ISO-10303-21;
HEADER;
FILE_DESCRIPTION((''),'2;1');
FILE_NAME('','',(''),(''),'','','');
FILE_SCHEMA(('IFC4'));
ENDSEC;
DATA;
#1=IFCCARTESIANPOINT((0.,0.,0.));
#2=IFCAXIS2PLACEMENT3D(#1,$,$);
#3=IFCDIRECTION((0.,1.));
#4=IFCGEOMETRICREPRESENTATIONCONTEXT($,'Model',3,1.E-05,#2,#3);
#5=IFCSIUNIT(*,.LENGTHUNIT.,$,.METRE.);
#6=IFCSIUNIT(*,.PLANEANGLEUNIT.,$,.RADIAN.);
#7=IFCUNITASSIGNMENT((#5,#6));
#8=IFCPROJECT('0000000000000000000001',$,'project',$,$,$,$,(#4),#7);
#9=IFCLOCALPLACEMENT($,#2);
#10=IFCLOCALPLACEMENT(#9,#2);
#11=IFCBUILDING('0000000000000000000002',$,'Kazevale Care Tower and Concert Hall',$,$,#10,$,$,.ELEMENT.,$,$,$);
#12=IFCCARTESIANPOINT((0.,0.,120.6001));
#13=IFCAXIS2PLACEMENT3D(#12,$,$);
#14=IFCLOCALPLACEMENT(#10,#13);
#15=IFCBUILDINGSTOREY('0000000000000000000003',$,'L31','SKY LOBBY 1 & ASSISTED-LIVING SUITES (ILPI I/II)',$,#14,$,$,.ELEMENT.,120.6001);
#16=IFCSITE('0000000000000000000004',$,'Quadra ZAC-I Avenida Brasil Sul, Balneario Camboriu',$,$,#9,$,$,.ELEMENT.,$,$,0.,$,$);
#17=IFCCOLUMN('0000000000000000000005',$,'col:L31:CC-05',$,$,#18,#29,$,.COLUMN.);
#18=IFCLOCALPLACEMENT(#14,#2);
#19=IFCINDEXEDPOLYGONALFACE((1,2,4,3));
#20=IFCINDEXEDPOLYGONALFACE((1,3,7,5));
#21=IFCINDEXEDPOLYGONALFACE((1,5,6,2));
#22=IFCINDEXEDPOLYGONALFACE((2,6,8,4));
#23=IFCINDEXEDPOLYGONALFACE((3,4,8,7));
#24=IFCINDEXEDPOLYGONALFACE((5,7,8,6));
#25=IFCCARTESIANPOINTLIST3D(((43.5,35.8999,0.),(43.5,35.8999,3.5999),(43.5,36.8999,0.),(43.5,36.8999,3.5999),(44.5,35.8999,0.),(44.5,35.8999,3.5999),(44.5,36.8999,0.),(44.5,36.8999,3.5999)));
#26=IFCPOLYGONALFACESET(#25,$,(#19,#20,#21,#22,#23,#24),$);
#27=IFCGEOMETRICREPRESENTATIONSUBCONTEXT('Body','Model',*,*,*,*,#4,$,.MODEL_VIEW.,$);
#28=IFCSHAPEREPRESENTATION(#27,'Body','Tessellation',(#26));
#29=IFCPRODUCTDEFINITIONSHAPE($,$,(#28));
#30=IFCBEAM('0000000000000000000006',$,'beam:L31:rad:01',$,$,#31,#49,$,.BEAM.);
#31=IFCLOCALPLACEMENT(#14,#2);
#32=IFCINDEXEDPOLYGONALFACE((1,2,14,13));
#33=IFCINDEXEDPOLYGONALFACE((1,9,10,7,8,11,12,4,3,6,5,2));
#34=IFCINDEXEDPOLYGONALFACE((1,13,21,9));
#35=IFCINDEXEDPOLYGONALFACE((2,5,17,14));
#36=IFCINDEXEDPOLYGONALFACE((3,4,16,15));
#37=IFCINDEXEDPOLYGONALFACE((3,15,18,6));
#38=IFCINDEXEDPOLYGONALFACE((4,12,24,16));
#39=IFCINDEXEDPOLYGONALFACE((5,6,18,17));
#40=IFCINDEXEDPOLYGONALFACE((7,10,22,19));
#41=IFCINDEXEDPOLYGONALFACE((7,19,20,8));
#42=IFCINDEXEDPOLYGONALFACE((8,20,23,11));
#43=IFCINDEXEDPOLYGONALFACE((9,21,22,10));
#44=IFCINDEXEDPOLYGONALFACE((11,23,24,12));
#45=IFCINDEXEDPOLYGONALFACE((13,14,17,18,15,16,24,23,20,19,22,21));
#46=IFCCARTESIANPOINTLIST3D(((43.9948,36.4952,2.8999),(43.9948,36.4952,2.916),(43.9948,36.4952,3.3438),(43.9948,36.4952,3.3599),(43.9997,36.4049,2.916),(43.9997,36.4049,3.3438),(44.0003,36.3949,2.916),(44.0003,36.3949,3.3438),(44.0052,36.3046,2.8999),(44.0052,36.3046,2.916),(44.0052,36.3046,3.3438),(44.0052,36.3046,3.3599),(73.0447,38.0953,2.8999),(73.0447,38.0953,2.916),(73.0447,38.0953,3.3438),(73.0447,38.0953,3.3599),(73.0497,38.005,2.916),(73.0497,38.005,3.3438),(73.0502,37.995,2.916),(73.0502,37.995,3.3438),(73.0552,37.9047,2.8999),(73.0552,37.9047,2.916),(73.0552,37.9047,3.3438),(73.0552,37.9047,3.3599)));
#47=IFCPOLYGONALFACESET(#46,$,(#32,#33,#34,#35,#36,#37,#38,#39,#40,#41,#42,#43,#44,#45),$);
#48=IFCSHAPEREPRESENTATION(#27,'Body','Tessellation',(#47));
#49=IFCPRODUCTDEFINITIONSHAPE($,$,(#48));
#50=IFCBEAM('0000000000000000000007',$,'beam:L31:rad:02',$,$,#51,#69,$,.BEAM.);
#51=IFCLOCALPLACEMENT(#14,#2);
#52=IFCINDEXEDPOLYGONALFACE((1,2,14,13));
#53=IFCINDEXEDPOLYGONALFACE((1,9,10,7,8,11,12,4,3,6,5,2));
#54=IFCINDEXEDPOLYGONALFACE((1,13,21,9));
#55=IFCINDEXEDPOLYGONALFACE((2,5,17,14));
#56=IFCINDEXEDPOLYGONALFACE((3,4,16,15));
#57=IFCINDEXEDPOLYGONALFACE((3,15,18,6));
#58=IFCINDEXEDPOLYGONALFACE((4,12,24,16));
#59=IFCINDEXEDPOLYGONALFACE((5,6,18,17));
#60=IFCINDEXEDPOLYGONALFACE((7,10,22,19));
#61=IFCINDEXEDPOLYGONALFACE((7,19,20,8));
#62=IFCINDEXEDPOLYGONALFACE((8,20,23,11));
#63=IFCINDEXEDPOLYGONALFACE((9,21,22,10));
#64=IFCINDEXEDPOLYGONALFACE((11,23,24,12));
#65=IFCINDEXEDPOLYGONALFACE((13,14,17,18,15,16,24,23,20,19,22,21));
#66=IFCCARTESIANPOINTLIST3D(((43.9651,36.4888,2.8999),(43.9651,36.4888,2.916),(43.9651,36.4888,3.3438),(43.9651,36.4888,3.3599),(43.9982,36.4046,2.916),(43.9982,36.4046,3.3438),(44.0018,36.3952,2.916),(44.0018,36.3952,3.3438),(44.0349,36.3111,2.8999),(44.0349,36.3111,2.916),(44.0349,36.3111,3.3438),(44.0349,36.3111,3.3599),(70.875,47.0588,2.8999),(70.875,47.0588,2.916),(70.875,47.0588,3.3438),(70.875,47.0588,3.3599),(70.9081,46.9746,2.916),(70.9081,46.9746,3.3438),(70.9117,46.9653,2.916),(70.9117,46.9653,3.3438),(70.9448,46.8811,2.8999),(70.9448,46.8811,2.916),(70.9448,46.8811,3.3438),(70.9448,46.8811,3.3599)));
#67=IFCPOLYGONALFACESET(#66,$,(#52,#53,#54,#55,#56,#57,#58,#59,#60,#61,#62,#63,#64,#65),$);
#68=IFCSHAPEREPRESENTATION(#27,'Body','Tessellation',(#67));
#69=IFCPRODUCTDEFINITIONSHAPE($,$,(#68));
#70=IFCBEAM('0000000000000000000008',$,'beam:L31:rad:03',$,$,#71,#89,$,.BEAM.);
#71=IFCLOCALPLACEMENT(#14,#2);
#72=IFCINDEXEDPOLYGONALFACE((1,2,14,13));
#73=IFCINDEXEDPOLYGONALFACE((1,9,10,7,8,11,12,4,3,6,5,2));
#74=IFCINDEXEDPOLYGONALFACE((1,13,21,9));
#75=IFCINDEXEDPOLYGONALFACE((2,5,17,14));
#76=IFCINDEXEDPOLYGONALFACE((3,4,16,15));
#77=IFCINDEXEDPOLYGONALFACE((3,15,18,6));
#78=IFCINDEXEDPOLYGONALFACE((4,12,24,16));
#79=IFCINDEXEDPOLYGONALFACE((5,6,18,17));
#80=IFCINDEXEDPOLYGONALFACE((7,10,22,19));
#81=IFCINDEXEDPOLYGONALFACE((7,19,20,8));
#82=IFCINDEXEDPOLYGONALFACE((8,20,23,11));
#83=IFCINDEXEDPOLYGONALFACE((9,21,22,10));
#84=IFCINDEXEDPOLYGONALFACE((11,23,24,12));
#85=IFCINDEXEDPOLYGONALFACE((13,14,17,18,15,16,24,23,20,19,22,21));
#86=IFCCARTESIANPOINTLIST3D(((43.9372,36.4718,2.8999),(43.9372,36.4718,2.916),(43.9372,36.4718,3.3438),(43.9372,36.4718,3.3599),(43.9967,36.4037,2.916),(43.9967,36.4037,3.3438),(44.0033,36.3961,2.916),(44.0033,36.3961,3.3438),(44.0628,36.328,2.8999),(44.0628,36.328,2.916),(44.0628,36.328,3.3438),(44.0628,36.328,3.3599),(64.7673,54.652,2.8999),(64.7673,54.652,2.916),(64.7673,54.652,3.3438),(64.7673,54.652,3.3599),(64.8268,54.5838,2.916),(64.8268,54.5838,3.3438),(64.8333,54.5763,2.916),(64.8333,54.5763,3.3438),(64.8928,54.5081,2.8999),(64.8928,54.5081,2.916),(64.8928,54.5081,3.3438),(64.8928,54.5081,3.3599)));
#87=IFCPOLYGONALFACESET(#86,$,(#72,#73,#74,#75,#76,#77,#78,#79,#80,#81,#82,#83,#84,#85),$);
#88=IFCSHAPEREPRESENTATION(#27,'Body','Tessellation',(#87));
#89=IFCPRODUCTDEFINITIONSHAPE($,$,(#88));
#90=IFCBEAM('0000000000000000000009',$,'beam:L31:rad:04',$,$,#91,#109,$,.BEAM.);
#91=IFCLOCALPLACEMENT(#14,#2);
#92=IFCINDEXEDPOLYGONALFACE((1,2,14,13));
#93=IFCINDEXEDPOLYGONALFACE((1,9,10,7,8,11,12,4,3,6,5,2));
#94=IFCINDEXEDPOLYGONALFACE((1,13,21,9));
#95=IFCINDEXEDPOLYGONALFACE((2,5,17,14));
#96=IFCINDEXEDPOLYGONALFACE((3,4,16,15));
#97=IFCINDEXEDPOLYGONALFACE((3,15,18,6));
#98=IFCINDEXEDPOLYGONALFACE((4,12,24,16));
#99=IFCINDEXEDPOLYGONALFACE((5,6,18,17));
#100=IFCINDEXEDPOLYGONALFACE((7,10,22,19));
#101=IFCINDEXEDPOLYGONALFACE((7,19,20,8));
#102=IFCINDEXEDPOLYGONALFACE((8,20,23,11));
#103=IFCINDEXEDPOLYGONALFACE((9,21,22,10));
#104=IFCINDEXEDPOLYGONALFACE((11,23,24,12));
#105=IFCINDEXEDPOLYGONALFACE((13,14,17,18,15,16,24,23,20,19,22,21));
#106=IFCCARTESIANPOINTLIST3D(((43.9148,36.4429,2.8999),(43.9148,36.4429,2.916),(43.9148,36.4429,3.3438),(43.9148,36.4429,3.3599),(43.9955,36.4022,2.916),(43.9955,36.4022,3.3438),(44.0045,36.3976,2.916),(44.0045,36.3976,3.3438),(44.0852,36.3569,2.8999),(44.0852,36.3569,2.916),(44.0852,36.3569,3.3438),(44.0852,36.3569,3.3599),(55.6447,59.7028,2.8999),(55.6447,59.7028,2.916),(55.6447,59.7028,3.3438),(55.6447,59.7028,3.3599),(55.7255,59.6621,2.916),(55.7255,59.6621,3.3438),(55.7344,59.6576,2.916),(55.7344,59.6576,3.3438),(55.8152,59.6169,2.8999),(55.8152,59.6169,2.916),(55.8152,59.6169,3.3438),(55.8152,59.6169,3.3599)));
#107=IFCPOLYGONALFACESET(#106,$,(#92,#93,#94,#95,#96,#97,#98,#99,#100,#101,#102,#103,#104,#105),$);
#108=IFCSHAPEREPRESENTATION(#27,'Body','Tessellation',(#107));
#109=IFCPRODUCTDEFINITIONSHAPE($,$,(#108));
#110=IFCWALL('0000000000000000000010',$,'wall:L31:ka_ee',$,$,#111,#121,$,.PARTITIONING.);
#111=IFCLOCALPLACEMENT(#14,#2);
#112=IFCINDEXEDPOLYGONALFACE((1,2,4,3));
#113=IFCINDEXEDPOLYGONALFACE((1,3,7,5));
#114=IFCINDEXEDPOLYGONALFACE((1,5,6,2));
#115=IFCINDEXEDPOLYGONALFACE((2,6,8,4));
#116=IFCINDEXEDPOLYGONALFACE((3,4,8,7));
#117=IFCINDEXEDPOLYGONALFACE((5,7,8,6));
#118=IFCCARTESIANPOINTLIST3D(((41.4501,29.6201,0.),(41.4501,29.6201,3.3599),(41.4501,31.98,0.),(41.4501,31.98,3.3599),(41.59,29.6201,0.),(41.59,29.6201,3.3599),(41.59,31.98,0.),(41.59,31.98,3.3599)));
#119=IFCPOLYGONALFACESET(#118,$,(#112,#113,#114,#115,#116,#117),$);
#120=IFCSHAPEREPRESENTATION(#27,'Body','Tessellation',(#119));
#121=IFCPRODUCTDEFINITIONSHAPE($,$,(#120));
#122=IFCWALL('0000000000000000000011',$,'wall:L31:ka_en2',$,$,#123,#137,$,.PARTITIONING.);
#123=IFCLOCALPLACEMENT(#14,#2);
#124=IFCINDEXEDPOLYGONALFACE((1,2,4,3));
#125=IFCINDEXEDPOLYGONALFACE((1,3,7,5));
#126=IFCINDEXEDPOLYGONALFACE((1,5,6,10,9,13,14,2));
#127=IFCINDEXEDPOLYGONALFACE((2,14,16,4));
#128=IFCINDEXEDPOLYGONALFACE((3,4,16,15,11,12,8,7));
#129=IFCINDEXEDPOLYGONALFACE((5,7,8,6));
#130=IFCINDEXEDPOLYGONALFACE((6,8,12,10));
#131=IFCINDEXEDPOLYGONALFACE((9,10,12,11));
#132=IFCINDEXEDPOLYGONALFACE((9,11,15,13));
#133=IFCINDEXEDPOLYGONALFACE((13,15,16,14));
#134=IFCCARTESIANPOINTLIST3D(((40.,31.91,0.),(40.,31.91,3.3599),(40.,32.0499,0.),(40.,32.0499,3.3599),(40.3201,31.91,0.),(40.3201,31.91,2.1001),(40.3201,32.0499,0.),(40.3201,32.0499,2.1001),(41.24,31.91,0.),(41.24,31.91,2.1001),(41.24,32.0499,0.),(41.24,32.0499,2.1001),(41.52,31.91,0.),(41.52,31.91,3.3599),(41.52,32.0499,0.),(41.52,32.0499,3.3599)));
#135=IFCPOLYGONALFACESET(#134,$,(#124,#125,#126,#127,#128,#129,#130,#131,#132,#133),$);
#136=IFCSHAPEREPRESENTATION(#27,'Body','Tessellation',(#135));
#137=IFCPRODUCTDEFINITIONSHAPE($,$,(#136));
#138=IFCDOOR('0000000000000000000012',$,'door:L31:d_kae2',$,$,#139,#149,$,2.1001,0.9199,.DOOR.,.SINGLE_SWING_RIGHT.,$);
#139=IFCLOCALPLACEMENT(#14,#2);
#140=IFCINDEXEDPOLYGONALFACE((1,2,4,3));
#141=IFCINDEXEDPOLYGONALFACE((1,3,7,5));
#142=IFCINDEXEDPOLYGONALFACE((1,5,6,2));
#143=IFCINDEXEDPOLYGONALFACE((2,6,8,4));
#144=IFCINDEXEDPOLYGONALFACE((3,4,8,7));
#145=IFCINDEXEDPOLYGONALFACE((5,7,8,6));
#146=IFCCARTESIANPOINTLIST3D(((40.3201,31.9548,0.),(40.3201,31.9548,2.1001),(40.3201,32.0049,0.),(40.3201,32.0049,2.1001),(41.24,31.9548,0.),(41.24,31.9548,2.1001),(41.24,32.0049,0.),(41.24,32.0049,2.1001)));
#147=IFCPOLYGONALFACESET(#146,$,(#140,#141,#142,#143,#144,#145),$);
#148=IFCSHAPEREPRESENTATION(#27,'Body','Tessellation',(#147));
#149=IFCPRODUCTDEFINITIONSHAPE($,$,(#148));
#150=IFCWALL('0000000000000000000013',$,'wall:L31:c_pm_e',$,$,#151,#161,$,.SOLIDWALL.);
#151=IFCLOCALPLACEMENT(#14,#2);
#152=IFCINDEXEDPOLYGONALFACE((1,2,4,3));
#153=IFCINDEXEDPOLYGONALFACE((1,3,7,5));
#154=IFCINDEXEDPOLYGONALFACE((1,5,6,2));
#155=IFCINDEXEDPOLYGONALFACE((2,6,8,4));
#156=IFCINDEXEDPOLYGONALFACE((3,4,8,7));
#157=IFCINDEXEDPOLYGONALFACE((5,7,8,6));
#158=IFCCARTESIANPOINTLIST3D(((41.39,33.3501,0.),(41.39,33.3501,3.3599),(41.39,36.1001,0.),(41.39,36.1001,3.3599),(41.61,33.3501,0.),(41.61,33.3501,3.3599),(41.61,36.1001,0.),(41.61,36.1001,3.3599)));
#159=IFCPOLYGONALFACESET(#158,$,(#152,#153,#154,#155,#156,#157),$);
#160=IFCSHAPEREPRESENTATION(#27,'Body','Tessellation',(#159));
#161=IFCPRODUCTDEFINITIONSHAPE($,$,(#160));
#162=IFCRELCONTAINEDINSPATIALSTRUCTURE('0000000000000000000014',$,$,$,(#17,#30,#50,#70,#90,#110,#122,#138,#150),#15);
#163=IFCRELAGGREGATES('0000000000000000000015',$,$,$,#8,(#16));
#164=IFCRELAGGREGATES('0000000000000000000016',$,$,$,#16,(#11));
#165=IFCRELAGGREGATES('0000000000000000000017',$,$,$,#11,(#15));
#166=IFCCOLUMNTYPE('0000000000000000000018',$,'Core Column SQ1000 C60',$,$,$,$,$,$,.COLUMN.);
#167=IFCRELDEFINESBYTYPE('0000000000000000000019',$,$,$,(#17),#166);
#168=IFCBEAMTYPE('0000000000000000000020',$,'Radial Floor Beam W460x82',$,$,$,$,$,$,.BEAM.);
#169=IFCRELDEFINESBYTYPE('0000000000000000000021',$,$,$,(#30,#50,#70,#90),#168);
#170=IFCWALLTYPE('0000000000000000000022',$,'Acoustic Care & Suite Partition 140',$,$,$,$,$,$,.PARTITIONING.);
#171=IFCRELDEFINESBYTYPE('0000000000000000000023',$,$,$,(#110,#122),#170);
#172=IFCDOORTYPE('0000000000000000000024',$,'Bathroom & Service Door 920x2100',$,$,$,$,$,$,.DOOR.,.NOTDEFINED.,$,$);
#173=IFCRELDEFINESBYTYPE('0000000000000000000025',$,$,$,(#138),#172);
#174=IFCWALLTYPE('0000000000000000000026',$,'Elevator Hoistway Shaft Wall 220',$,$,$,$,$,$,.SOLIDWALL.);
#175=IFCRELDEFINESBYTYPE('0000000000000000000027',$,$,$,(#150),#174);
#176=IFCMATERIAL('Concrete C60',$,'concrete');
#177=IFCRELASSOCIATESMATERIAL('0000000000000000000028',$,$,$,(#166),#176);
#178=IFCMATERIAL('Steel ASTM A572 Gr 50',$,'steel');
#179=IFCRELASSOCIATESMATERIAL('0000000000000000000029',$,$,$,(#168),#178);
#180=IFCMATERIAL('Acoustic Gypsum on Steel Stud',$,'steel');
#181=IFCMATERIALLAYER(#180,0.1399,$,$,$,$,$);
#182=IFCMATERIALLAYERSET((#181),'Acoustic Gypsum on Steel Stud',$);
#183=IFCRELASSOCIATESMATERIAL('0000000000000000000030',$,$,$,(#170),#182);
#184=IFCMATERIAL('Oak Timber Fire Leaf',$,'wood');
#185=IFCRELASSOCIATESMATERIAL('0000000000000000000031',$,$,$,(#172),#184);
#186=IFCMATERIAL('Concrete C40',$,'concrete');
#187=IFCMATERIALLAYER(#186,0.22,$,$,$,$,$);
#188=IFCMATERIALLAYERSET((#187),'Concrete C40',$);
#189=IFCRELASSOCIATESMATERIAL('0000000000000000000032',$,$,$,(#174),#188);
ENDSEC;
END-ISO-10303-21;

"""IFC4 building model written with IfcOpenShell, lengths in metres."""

from ifc_helpers import new_model, si_unit, direction, frame, frame_2d, origin, origin_2d, place, context, subcontext, project, spatial, rectangle, i_section, extrude, material, layer, layer_set, material_profile, profile_set, type_object, element, fill, save


model = new_model("IFC4")

# Units and contexts
model_context = context("Model", 3, precision=1e-05, world=origin(), true_north=direction((0.0, 1.0)))
body_context = subcontext(model_context, "Body", "Model", "MODEL_VIEW")
ifc_project = project(units=[si_unit("LENGTHUNIT", "METRE"), si_unit("PLANEANGLEUNIT", "RADIAN")], contexts=[model_context])

# Site, building, storey
site_placement = place(None, origin())
site = spatial("IfcSite", under=ifc_project, at=site_placement, Name="Quadra ZAC-I Avenida Brasil Sul, Balneario Camboriu", CompositionType="ELEMENT", RefElevation=0.0)
building_placement = place(site_placement, origin())
building = spatial("IfcBuilding", under=site, at=building_placement, Name="Kazevale Care Tower and Concert Hall", CompositionType="ELEMENT")
storey_placement = place(building_placement, frame((0.0, 0.0, 120.6001)))
storey = spatial("IfcBuildingStorey", under=building, at=storey_placement, Name="L31", Description="SKY LOBBY 1 & ASSISTED-LIVING SUITES (ILPI I/II)", CompositionType="ELEMENT", Elevation=120.6001)

# Column
ifc_material_1 = material(Name="Concrete C60", Category="concrete")
ifc_material_profile_1 = material_profile(ifc_material_1, rectangle(XDim=1.0, YDim=1.0, at=origin_2d()), Name="RC-SQ1000")
ifc_profile_set_1 = profile_set([ifc_material_profile_1], Name="Concrete C60")
column_type = type_object("IfcColumnType", Name="Core Column SQ1000 C60", PredefinedType="COLUMN", material=ifc_profile_set_1)
column_placement = place(storey_placement, frame((44.0, 36.3999, 0.0), z_axis=(0.0, 0.0, 1.0), x_axis=(1.0, 0.0, 0.0)))
element("IfcColumn", 1, at=column_placement, inside=storey, type_object=column_type, Name="col:L31:CC-05", PredefinedType="COLUMN", context=body_context, shape_type="SweptSolid", body=[
    extrude(rectangle(XDim=1.0, YDim=1.0, at=origin_2d()), origin(), (0.0, 0.0, 1.0), 3.5999),
])

# Beams
ifc_material_2 = material(Name="Steel ASTM A572 Gr 50", Category="steel")
ifc_material_profile_2 = material_profile(ifc_material_2, i_section(OverallWidth=0.1909, OverallDepth=0.46, WebThickness=0.01, FlangeThickness=0.0161, at=origin_2d()), Name="W460x82")
ifc_profile_set_2 = profile_set([ifc_material_profile_2], Name="Steel ASTM A572 Gr 50")
beam_type = type_object("IfcBeamType", Name="Radial Floor Beam W460x82", PredefinedType="BEAM", material=ifc_profile_set_2)
beam_1_placement = place(storey_placement, frame((44.0, 36.3999, 3.1299), z_axis=(0.998487, 0.054997, 0.0), x_axis=(-0.054997, 0.998487, 0.0)))
element("IfcBeam", 2, at=beam_1_placement, inside=storey, type_object=beam_type, Name="beam:L31:rad:01", PredefinedType="BEAM", context=body_context, shape_type="SweptSolid", body=[
    extrude(i_section(OverallWidth=0.1909, OverallDepth=0.46, WebThickness=0.01, FlangeThickness=0.0161, at=origin_2d()), origin(), (0.0, 0.0, 1.0), 29.094),
])
beam_2_placement = place(storey_placement, frame((44.0, 36.3999, 3.1299), z_axis=(0.930771, 0.365602, 0.0), x_axis=(-0.365602, 0.930771, 0.0)))
element("IfcBeam", 3, at=beam_2_placement, inside=storey, type_object=beam_type, Name="beam:L31:rad:02", PredefinedType="BEAM", context=body_context, shape_type="SweptSolid", body=[
    extrude(i_section(OverallWidth=0.1909, OverallDepth=0.46, WebThickness=0.01, FlangeThickness=0.0161, at=origin_2d()), origin(), (0.0, 0.0, 1.0), 28.9114),
])
beam_3_placement = place(storey_placement, frame((44.0, 36.3999, 3.1299), z_axis=(0.753403, 0.657559, 0.0), x_axis=(-0.657559, 0.753403, 0.0)))
element("IfcBeam", 4, at=beam_3_placement, inside=storey, type_object=beam_type, Name="beam:L31:rad:03", PredefinedType="BEAM", context=body_context, shape_type="SweptSolid", body=[
    extrude(i_section(OverallWidth=0.1909, OverallDepth=0.46, WebThickness=0.01, FlangeThickness=0.0161, at=origin_2d()), origin(), (0.0, 0.0, 1.0), 27.6479),
])
beam_4_placement = place(storey_placement, frame((44.0, 36.3999, 3.1299), z_axis=(0.450281, 0.892887, 0.0), x_axis=(-0.892887, 0.450281, 0.0)))
element("IfcBeam", 5, at=beam_4_placement, inside=storey, type_object=beam_type, Name="beam:L31:rad:04", PredefinedType="BEAM", context=body_context, shape_type="SweptSolid", body=[
    extrude(i_section(OverallWidth=0.1909, OverallDepth=0.46, WebThickness=0.01, FlangeThickness=0.0161, at=origin_2d()), origin(), (0.0, 0.0, 1.0), 26.0503),
])

# Wall
ifc_material_3 = material(Name="Acoustic Gypsum on Steel Stud", Category="steel")
ifc_layer_1 = layer(ifc_material_3, 0.1399)
ifc_layer_set_1 = layer_set([ifc_layer_1], Name="Acoustic Gypsum on Steel Stud")
wall_type_1 = type_object("IfcWallType", Name="Acoustic Care & Suite Partition 140", PredefinedType="PARTITIONING", material=ifc_layer_set_1)
wall_1_placement = place(storey_placement, frame((41.52, 29.6201, 0.0), z_axis=(0.0, 0.0, 1.0), x_axis=(0.0, 1.0, 0.0)))
element("IfcWall", 6, at=wall_1_placement, inside=storey, type_object=wall_type_1, Name="wall:L31:ka_ee", PredefinedType="PARTITIONING", context=body_context, shape_type="SweptSolid", body=[
    extrude(rectangle(XDim=2.3599, YDim=0.1399, at=frame_2d((1.1799, 0.0))), origin(), (0.0, 0.0, 1.0), 3.3599),
])

# Wall, opening, door
wall_2_placement = place(storey_placement, frame((40.0, 31.98, 0.0), z_axis=(0.0, 0.0, 1.0), x_axis=(1.0, 0.0, 0.0)))
wall_2 = element("IfcWall", 7, at=wall_2_placement, inside=storey, type_object=wall_type_1, Name="wall:L31:ka_en2", PredefinedType="PARTITIONING", context=body_context, shape_type="SweptSolid", body=[
    extrude(rectangle(XDim=1.52, YDim=0.1399, at=frame_2d((0.76, 0.0))), origin(), (0.0, 0.0, 1.0), 3.3599),
])
opening_1_placement = place(wall_2_placement, frame((0.3201, 0.0, 0.0)))
opening_1 = element("IfcOpeningElement", 8, at=opening_1_placement, cuts=wall_2, PredefinedType="OPENING", context=body_context, shape_type="SweptSolid", body=[
    extrude(rectangle(XDim=0.9199, YDim=2.1001, at=frame_2d((0.46, 1.05))), frame((0.0, 0.0798, 0.0), z_axis=(0.0, -1.0, 0.0), x_axis=(1.0, 0.0, 0.0)), (0.0, 0.0, 1.0), 0.1599),
])
ifc_material_4 = material(Name="Oak Timber Fire Leaf", Category="wood")
door_type_1 = type_object("IfcDoorType", Name="Bathroom & Service Door 920x2100", OperationType="NOTDEFINED", PredefinedType="DOOR", material=ifc_material_4)
door_1_placement = place(opening_1_placement, origin())
door_1 = element("IfcDoor", 9, at=door_1_placement, inside=storey, type_object=door_type_1, Name="door:L31:d_kae2", OperationType="SINGLE_SWING_RIGHT", OverallHeight=2.1001, OverallWidth=0.9199, PredefinedType="DOOR", context=body_context, shape_type="SweptSolid", body=[
    extrude(rectangle(XDim=0.9199, YDim=2.1001, at=frame_2d((0.46, 1.05))), frame((0.0, 0.0249, 0.0), z_axis=(0.0, -1.0, 0.0), x_axis=(1.0, 0.0, 0.0)), (0.0, 0.0, 1.0), 0.05),
])
fill(opening_1, door_1)

# Wall
ifc_material_5 = material(Name="Concrete C40", Category="concrete")
ifc_layer_2 = layer(ifc_material_5, 0.22)
ifc_layer_set_2 = layer_set([ifc_layer_2], Name="Concrete C40")
wall_type_2 = type_object("IfcWallType", Name="Elevator Hoistway Shaft Wall 220", PredefinedType="SOLIDWALL", material=ifc_layer_set_2)
wall_3_placement = place(storey_placement, frame((41.5, 33.3501, 0.0), z_axis=(0.0, 0.0, 1.0), x_axis=(0.0, 1.0, 0.0)))
element("IfcWall", 10, at=wall_3_placement, inside=storey, type_object=wall_type_2, Name="wall:L31:c_pm_e", PredefinedType="SOLIDWALL", context=body_context, shape_type="SweptSolid", body=[
    extrude(rectangle(XDim=2.75, YDim=0.22, at=frame_2d((1.375, 0.0))), origin(), (0.0, 0.0, 1.0), 3.3599),
])

save(model, "model.ifc")
